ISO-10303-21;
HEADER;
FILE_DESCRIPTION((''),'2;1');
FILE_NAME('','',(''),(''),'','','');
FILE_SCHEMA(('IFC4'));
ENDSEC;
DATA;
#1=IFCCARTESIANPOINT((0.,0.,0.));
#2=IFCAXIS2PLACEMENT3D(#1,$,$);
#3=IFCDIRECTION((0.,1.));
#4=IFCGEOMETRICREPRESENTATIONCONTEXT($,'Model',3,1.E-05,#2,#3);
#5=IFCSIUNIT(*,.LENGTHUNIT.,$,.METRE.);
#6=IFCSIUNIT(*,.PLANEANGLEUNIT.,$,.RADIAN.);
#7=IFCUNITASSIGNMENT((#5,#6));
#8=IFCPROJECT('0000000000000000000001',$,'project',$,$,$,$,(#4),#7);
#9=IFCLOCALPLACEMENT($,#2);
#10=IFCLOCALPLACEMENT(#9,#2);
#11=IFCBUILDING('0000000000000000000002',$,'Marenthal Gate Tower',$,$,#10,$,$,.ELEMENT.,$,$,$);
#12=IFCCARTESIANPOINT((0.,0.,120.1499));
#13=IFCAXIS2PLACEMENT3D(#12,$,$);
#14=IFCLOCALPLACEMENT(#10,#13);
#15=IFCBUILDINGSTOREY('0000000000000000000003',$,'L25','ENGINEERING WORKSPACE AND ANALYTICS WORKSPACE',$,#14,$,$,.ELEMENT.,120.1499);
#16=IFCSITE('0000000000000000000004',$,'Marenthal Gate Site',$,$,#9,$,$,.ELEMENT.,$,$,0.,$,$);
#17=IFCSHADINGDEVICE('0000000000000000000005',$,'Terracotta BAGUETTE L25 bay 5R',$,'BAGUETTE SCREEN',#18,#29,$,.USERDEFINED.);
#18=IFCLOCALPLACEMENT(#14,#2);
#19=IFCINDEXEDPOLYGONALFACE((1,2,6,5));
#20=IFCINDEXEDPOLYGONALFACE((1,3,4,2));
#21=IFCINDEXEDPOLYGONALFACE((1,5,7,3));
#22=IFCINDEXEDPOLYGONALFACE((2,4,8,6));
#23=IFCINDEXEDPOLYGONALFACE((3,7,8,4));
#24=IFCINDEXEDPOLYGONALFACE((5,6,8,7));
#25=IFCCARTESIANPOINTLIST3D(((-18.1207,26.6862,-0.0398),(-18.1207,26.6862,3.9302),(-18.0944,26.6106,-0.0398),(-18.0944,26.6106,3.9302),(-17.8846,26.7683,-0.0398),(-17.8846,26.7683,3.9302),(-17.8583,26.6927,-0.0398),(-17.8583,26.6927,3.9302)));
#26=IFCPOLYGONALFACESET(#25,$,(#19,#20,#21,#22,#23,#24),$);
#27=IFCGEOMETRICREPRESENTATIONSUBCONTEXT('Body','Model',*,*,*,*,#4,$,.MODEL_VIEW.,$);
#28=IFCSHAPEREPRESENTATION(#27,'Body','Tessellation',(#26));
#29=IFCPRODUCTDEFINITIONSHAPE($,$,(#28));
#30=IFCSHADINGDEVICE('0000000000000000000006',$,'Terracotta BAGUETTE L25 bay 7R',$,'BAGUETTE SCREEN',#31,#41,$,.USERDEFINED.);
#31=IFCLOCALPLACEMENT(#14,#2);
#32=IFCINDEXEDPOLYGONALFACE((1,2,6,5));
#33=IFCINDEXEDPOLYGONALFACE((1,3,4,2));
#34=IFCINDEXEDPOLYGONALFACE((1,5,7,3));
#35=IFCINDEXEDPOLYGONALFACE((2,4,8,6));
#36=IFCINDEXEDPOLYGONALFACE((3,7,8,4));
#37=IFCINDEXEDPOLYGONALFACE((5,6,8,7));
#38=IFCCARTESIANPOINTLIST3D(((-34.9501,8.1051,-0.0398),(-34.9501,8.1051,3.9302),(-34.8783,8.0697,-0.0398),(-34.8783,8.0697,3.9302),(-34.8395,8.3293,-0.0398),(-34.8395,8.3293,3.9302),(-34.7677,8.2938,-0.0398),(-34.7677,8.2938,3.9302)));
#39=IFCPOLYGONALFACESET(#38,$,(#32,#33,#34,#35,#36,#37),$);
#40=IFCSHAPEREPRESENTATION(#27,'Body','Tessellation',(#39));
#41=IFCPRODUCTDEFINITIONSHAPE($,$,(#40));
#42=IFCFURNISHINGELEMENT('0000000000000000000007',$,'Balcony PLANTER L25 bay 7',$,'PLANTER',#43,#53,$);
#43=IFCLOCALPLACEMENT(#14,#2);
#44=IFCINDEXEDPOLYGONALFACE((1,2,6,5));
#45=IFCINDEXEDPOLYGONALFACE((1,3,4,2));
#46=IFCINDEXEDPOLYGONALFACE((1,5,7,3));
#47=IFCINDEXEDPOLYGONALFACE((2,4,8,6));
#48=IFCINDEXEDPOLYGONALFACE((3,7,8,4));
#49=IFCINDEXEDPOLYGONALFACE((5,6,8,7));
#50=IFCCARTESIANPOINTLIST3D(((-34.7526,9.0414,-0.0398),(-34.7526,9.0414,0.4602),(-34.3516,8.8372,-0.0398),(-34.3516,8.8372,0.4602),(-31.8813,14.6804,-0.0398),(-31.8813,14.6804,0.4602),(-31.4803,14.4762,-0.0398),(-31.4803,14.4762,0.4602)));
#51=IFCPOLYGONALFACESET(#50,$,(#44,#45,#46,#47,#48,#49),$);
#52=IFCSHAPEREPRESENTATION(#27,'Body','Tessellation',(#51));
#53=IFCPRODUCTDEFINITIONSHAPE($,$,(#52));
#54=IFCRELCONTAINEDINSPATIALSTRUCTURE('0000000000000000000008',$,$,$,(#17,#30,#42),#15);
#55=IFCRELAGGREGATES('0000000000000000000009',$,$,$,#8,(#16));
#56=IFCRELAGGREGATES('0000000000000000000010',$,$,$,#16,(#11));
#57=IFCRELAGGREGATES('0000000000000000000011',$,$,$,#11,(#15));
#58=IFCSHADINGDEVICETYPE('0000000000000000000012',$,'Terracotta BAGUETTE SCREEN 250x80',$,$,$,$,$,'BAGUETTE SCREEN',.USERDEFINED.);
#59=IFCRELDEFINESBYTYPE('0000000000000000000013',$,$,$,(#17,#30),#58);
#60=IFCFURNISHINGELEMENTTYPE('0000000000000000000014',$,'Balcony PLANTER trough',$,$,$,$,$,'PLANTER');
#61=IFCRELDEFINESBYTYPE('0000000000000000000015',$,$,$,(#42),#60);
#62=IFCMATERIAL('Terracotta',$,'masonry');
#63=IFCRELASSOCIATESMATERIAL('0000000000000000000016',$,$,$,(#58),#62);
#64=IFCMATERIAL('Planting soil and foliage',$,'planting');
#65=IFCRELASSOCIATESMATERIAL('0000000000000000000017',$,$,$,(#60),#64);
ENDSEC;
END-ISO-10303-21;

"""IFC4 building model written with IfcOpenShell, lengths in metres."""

from ifc_helpers import new_model, si_unit, direction, frame, origin, origin_2d, place, context, subcontext, project, spatial, rectangle, extrude, material, material_profile, profile_set, type_object, element, save


model = new_model("IFC4")

# Units and contexts
model_context = context("Model", 3, precision=1e-05, world=origin(), true_north=direction((0.0, 1.0)))
body_context = subcontext(model_context, "Body", "Model", "MODEL_VIEW")
ifc_project = project(units=[si_unit("LENGTHUNIT", "METRE"), si_unit("PLANEANGLEUNIT", "RADIAN")], contexts=[model_context])

# Site, building, storey
site_placement = place(None, origin())
site = spatial("IfcSite", under=ifc_project, at=site_placement, Name="Marenthal Gate Site", CompositionType="ELEMENT", RefElevation=0.0)
building_placement = place(site_placement, origin())
building = spatial("IfcBuilding", under=site, at=building_placement, Name="Marenthal Gate Tower", CompositionType="ELEMENT")
storey_placement = place(building_placement, frame((0.0, 0.0, 120.1499)))
storey = spatial("IfcBuildingStorey", under=building, at=storey_placement, Name="L25", Description="ENGINEERING WORKSPACE AND ANALYTICS WORKSPACE", CompositionType="ELEMENT", Elevation=120.1499)

# Shading devices
ifc_material_1 = material(Name="Terracotta", Category="masonry")
ifc_material_profile_1 = material_profile(ifc_material_1, rectangle(XDim=0.25, YDim=0.0801, at=origin_2d()), Name="Terracotta baguette 250x80")
ifc_profile_set_1 = profile_set([ifc_material_profile_1], Name="Terracotta")
shading_device_type = type_object("IfcShadingDeviceType", Name="Terracotta BAGUETTE SCREEN 250x80", ElementType="BAGUETTE SCREEN", PredefinedType="USERDEFINED", material=ifc_profile_set_1)
for number, where, z_axis, x_axis, name in (
    (1, (-17.9895, 26.6895, -0.0398), (0.0, 0.0, 1.0), (-0.944576, -0.328292, 0.0), "Terracotta BAGUETTE L25 bay 5R"),
    (2, (-34.8589, 8.1995, -0.0398), (0.0, 0.0, 1.0), (-0.442658, -0.896691, 0.0), "Terracotta BAGUETTE L25 bay 7R"),
):
    element("IfcShadingDevice", number, at=place(storey_placement, frame(where, z_axis=z_axis, x_axis=x_axis)), inside=storey, type_object=shading_device_type, Name=name, ObjectType="BAGUETTE SCREEN", PredefinedType="USERDEFINED", context=body_context, shape_type="SweptSolid", body=[
        extrude(rectangle(XDim=0.25, YDim=0.0801, at=origin_2d()), origin(), (0.0, 0.0, 1.0), 3.97),
    ])

# Furnishing element
ifc_material_2 = material(Name="Planting soil and foliage", Category="planting")
furnishing_element_type = type_object("IfcFurnishingElementType", Name="Balcony PLANTER trough", ElementType="PLANTER", material=ifc_material_2)
furnishing_placement = place(storey_placement, frame((-33.1165, 11.7588, -0.0398), z_axis=(0.0, 0.0, 1.0), x_axis=(-0.453749, -0.89113, 0.0)))
element("IfcFurnishingElement", 3, at=furnishing_placement, inside=storey, type_object=furnishing_element_type, Name="Balcony PLANTER L25 bay 7", ObjectType="PLANTER", context=body_context, shape_type="SweptSolid", body=[
    extrude(rectangle(XDim=6.3279, YDim=0.45, at=origin_2d()), origin(), (0.0, 0.0, 1.0), 0.5),
])

save(model, "model.ifc")
